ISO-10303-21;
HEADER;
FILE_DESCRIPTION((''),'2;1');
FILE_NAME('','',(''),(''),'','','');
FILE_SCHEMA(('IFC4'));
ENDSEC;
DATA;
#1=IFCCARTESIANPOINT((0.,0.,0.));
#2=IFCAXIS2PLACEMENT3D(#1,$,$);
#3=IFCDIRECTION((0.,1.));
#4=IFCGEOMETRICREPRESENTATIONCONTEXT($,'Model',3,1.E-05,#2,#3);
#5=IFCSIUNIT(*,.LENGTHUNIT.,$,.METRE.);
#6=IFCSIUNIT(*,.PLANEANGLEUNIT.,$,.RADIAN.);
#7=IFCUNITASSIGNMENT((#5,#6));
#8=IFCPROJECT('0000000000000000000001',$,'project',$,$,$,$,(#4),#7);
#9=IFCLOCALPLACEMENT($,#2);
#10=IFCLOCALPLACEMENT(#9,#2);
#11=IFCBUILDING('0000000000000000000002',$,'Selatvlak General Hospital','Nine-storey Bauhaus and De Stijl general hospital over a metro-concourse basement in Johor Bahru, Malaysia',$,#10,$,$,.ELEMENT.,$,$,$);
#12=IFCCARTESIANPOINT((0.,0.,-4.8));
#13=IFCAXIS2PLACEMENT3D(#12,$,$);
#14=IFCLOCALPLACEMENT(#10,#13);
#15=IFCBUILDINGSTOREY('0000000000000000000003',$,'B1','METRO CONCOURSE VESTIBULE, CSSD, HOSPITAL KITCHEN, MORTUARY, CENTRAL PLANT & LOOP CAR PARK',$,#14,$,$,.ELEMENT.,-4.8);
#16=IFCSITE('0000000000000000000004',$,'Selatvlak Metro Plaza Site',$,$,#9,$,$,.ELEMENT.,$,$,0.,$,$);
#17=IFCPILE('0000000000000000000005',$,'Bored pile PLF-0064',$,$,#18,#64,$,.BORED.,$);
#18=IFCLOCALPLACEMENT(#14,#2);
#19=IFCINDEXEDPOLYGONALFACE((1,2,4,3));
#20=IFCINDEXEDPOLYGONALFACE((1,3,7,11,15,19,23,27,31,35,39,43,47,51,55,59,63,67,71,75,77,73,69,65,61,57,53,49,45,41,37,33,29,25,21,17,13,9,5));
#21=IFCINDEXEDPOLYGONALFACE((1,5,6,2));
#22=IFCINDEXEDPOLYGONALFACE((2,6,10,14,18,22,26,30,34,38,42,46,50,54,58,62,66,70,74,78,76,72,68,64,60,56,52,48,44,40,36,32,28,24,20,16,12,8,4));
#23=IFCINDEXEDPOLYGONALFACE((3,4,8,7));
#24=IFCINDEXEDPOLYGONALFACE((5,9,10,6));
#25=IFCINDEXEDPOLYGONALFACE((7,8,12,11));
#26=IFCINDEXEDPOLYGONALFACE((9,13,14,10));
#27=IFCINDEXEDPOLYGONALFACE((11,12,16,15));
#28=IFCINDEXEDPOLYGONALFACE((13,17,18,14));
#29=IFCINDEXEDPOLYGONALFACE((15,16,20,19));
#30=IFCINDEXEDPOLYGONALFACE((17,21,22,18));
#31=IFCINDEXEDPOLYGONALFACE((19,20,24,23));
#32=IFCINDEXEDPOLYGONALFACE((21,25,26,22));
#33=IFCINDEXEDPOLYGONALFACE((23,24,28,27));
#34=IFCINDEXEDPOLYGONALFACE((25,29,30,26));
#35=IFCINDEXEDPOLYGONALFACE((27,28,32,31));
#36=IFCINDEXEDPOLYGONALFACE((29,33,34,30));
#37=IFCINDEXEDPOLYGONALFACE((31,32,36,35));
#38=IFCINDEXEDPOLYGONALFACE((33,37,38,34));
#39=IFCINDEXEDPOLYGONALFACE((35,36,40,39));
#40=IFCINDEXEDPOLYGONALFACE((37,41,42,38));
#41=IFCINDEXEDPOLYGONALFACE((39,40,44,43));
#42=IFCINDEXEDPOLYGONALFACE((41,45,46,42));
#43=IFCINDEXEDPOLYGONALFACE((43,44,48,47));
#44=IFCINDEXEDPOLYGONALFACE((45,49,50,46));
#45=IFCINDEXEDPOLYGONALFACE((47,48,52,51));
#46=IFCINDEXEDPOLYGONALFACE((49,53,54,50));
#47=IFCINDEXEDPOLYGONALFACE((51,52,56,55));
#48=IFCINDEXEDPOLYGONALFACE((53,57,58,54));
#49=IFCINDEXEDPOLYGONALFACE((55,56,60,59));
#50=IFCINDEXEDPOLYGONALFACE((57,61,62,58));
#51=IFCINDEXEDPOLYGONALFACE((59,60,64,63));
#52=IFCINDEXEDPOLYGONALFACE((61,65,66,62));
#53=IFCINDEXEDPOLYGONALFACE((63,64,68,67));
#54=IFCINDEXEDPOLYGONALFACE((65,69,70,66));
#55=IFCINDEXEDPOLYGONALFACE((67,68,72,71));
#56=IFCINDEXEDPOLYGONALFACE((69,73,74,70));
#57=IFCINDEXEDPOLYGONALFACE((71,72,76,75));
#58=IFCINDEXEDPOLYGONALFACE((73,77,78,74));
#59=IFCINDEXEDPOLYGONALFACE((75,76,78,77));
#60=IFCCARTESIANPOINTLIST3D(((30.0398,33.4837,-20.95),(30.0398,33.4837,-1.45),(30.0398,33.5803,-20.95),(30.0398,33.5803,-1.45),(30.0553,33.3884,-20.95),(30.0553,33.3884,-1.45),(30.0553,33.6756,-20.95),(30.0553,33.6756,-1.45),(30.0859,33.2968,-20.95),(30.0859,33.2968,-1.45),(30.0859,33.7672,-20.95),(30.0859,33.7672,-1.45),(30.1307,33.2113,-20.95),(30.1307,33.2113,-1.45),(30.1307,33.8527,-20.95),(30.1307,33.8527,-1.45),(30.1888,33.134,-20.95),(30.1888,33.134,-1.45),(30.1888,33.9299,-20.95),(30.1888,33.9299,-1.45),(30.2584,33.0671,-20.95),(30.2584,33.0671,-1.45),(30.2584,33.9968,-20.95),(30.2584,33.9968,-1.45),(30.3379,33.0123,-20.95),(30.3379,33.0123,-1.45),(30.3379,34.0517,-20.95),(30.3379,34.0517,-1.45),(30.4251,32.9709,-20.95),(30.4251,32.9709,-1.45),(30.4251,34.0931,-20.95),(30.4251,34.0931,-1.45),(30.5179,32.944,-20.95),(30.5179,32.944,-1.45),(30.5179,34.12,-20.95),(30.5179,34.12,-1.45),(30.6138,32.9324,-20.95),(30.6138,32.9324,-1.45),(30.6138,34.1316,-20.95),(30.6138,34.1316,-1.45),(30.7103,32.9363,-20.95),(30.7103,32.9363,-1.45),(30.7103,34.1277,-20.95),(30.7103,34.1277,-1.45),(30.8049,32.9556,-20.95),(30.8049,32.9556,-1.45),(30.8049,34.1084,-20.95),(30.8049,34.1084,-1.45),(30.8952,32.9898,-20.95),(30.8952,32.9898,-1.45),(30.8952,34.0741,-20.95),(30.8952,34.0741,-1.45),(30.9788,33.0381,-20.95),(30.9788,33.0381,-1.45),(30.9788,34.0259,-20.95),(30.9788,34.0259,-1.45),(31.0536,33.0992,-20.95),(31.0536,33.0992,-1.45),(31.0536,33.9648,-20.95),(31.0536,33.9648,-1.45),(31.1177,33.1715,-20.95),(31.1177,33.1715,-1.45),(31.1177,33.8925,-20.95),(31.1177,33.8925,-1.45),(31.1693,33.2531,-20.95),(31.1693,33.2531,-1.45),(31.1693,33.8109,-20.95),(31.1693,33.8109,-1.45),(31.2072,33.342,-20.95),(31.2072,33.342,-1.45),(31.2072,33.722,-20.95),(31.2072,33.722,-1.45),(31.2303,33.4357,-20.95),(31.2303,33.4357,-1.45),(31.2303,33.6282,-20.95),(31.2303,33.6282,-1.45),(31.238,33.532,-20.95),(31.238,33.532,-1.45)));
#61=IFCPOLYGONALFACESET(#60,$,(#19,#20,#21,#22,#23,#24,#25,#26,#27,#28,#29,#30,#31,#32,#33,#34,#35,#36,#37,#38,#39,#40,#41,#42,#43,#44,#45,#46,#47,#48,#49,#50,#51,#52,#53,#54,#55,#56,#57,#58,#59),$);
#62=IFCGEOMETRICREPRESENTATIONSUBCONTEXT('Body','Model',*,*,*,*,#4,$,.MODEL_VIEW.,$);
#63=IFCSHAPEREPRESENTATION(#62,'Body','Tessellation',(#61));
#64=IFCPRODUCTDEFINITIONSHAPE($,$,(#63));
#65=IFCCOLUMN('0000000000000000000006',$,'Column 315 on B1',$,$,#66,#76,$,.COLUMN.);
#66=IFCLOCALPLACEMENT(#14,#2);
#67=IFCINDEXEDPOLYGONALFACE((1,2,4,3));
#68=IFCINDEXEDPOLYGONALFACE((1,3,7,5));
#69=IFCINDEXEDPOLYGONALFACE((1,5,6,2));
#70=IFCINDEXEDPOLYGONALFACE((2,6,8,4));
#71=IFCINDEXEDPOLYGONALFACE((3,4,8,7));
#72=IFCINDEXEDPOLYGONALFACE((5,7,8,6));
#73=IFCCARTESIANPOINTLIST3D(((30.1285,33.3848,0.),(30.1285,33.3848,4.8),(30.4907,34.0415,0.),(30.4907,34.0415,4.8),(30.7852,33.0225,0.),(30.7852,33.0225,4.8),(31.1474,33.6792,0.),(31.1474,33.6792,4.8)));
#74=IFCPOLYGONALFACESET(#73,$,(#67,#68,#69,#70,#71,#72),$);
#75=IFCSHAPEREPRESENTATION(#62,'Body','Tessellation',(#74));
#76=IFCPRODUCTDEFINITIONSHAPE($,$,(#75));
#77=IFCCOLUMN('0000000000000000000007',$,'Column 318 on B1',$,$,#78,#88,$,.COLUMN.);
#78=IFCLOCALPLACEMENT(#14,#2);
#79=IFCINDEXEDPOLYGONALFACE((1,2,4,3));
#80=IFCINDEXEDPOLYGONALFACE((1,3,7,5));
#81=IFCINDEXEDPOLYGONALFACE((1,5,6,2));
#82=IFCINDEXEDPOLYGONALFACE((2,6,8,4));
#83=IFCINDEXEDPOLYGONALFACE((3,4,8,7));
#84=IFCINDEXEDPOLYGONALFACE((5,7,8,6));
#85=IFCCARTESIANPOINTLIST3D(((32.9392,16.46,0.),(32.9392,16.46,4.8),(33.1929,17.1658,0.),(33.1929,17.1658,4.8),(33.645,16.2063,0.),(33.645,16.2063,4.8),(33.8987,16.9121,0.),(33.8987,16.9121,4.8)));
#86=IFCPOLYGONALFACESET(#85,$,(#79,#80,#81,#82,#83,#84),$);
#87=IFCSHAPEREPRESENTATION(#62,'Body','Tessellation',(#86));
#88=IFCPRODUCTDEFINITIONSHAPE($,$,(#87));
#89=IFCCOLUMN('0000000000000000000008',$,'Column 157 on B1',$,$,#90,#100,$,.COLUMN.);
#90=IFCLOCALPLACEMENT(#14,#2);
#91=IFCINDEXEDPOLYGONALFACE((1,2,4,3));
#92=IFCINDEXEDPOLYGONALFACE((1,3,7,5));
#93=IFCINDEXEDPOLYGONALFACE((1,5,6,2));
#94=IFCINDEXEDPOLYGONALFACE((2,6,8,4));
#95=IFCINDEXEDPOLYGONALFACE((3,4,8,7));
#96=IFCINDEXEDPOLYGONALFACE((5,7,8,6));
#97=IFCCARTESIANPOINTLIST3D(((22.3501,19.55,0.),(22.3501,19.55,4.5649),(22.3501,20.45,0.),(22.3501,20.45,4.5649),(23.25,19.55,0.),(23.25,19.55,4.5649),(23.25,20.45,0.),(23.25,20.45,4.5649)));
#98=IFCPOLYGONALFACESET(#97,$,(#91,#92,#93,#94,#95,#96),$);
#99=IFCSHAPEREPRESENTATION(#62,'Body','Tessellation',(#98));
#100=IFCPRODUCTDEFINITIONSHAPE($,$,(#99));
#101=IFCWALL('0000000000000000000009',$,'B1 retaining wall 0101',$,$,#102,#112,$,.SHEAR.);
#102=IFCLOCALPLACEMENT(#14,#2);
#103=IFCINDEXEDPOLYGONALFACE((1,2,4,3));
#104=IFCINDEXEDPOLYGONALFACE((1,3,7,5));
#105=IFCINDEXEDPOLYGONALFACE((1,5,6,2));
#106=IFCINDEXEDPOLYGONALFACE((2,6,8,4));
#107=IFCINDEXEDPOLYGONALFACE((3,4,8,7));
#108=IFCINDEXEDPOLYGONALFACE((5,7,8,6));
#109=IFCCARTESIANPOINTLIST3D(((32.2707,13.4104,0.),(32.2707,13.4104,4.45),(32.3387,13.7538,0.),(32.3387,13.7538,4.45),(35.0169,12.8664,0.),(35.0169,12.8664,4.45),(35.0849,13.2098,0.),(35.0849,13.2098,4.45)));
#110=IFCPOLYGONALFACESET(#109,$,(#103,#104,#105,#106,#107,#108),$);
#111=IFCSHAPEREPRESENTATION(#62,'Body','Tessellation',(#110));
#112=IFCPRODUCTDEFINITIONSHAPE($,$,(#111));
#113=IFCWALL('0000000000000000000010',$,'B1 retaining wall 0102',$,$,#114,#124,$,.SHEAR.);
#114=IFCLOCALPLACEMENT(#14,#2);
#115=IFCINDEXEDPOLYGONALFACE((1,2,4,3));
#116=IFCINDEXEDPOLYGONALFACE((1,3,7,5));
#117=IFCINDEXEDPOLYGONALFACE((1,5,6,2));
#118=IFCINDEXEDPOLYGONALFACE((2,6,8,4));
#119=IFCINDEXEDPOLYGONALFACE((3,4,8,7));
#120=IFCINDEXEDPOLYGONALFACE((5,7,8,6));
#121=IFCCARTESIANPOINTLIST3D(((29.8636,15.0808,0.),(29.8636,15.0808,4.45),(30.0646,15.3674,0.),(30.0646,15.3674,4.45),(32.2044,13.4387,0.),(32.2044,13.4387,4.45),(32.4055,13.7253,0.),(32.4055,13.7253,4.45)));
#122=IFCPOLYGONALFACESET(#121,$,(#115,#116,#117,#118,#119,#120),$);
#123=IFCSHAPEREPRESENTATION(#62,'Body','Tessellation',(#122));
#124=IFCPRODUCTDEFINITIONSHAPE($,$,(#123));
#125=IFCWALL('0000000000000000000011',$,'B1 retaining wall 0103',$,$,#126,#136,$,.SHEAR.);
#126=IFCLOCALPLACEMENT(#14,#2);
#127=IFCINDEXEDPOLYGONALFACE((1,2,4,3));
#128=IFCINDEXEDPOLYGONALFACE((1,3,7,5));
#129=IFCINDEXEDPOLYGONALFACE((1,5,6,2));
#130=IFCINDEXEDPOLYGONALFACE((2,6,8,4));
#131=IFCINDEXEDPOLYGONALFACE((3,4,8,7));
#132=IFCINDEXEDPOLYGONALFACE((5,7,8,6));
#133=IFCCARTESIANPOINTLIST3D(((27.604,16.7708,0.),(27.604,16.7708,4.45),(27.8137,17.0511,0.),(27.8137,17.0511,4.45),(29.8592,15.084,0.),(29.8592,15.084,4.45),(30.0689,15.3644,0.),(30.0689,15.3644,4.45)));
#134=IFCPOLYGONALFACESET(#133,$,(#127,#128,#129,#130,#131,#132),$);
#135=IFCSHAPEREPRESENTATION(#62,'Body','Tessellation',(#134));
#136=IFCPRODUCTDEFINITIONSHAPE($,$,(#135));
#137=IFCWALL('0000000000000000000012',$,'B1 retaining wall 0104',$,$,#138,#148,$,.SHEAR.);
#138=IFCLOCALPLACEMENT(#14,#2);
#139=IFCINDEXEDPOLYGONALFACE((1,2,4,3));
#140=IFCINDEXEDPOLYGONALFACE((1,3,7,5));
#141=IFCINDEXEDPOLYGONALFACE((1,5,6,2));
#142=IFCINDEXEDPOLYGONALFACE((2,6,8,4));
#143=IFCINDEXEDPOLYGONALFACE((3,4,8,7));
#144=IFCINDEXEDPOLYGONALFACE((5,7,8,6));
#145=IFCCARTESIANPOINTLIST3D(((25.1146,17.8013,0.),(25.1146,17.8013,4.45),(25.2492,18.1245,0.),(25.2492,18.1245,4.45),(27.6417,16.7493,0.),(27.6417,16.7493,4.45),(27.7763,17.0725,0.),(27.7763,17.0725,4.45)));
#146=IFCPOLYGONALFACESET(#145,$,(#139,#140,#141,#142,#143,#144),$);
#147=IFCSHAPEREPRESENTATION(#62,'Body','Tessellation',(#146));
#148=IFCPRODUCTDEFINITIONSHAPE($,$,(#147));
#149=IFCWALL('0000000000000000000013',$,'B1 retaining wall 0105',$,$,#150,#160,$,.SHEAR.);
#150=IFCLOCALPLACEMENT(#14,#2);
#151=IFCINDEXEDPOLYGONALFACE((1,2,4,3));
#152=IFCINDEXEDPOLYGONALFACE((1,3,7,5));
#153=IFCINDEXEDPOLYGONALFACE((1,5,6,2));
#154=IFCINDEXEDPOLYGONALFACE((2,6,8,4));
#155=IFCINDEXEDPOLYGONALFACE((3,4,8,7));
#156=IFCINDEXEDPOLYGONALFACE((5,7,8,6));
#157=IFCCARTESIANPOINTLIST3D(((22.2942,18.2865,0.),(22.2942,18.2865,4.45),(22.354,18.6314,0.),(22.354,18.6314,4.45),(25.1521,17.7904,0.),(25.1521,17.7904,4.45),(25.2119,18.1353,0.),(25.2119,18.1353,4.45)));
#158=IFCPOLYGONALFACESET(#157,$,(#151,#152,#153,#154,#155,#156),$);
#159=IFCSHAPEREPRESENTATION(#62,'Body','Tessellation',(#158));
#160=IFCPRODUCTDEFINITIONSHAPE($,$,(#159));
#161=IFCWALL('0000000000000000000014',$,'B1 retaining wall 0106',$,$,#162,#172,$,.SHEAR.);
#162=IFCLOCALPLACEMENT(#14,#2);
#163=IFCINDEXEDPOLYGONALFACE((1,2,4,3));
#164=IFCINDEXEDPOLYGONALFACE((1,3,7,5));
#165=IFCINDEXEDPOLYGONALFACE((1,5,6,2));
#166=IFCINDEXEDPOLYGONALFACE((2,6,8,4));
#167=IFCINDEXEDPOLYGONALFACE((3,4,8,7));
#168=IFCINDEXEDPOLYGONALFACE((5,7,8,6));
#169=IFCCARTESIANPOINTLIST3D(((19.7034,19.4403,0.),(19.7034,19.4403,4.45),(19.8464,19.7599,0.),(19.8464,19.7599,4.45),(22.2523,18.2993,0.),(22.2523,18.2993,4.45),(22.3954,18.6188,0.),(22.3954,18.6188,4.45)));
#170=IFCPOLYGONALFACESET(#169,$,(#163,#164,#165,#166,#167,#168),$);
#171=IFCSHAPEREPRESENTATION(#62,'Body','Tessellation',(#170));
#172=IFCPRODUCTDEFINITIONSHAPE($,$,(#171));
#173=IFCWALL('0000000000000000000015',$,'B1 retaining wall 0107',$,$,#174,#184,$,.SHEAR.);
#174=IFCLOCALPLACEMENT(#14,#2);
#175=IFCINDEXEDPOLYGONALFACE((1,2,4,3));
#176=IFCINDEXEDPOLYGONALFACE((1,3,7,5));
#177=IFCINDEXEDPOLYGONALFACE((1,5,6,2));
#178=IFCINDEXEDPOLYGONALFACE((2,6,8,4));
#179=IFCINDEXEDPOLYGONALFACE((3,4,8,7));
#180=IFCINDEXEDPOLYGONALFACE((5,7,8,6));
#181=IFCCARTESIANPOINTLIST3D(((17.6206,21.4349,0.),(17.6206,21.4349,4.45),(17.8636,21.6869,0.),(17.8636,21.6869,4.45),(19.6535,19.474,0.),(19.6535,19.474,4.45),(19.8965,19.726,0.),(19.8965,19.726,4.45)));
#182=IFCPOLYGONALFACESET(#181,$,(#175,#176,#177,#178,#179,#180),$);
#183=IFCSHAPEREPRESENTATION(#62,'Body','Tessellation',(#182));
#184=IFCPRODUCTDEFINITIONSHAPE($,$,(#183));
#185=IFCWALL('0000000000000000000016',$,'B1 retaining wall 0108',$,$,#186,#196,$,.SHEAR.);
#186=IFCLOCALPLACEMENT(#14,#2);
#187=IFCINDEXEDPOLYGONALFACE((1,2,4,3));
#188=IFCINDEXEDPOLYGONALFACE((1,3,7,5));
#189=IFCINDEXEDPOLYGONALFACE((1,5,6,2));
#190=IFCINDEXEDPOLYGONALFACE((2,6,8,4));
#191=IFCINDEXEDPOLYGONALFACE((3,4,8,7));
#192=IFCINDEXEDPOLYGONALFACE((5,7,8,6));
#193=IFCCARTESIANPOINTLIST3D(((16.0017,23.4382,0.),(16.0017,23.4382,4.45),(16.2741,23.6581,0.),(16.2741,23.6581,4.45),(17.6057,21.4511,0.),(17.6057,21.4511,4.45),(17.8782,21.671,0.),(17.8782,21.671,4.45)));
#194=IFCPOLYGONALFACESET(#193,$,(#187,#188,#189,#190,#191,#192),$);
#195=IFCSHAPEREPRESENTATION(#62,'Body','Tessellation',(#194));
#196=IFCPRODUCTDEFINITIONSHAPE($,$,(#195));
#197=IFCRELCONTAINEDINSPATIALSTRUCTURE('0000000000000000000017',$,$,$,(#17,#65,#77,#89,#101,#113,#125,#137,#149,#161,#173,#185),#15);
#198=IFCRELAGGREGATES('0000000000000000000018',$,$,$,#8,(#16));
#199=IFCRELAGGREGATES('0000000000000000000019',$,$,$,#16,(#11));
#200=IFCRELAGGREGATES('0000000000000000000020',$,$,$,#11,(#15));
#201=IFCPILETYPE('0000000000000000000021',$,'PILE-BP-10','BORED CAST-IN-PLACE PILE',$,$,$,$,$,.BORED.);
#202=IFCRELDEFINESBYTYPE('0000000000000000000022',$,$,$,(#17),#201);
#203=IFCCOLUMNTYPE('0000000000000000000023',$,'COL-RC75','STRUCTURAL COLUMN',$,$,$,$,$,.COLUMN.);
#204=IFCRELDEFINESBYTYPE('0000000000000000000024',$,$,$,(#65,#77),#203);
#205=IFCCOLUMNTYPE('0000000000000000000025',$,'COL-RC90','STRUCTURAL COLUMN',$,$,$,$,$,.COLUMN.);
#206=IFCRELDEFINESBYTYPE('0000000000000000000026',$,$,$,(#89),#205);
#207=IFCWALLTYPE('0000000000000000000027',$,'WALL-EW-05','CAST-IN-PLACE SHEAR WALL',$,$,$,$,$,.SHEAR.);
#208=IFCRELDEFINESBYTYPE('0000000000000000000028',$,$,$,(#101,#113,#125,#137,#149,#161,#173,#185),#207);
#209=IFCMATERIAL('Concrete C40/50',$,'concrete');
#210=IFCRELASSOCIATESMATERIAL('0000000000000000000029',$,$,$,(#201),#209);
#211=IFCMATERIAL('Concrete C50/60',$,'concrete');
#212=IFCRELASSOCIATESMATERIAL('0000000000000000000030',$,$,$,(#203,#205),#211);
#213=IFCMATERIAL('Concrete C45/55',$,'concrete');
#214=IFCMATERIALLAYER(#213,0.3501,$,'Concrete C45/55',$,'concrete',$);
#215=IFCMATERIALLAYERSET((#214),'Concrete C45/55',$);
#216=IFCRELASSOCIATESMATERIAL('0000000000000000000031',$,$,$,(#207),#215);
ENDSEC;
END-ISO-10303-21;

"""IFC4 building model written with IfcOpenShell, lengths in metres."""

from ifc_helpers import new_model, si_unit, direction, frame, frame_2d, origin, origin_2d, place, context, subcontext, project, spatial, rectangle, circle, extrude, material, layer, layer_set, material_profile, profile_set, type_object, element, save


model = new_model("IFC4")

# Units and contexts
model_context = context("Model", 3, precision=1e-05, world=origin(), true_north=direction((0.0, 1.0)))
body_context = subcontext(model_context, "Body", "Model", "MODEL_VIEW")
ifc_project = project(units=[si_unit("LENGTHUNIT", "METRE"), si_unit("PLANEANGLEUNIT", "RADIAN")], contexts=[model_context])

# Site, building, storey
site_placement = place(None, origin())
site = spatial("IfcSite", under=ifc_project, at=site_placement, Name="Selatvlak Metro Plaza Site", CompositionType="ELEMENT", RefElevation=0.0)
building_placement = place(site_placement, origin())
building = spatial("IfcBuilding", under=site, at=building_placement, Name="Selatvlak General Hospital", Description="Nine-storey Bauhaus and De Stijl general hospital over a metro-concourse basement in Johor Bahru, Malaysia", CompositionType="ELEMENT")
storey_placement = place(building_placement, frame((0.0, 0.0, -4.8)))
storey = spatial("IfcBuildingStorey", under=building, at=storey_placement, Name="B1", Description="METRO CONCOURSE VESTIBULE, CSSD, HOSPITAL KITCHEN, MORTUARY, CENTRAL PLANT & LOOP CAR PARK", CompositionType="ELEMENT", Elevation=-4.8)

# Shared definitions
ifc_material_1 = material(Name="Concrete C40/50", Category="concrete")

# Pile
ifc_material_profile_1 = material_profile(ifc_material_1, circle(Radius=0.6001, at=origin_2d()), Name="BORED PILE 1200")
ifc_profile_set_1 = profile_set([ifc_material_profile_1], Name="Concrete C40/50")
pile_type_1 = type_object("IfcPileType", Name="PILE-BP-10", Description="BORED CAST-IN-PLACE PILE", PredefinedType="BORED", material=ifc_profile_set_1)
pile_1_placement = place(storey_placement, frame((30.6379, 33.532, -1.45), z_axis=(0.0, 0.0, -1.0), x_axis=(1.0, 0.0, 0.0)))
element("IfcPile", 1, at=pile_1_placement, inside=storey, type_object=pile_type_1, Name="Bored pile PLF-0064", PredefinedType="BORED", context=body_context, shape_type="SweptSolid", body=[
    extrude(circle(Radius=0.6001, at=origin_2d()), origin(), (0.0, 0.0, 1.0), 19.5),
])

# Columns
ifc_material_2 = material(Name="Concrete C50/60", Category="concrete")
ifc_material_profile_2 = material_profile(ifc_material_2, rectangle(XDim=0.75, YDim=0.75, at=origin_2d()), Name="RC-COL 750x750")
ifc_profile_set_2 = profile_set([ifc_material_profile_2], Name="Concrete C50/60")
column_type_1 = type_object("IfcColumnType", Name="COL-RC75", Description="STRUCTURAL COLUMN", PredefinedType="COLUMN", material=ifc_profile_set_2)
for number, where, z_axis, x_axis, name in (
    (2, (30.6379, 33.532, 0.0), (0.0, 0.0, 1.0), (0.483007, 0.875616, 0.0), "Column 315 on B1"),
    (3, (33.4189, 16.686, 0.0), (0.0, 0.0, 1.0), (0.338262, 0.941052, 0.0), "Column 318 on B1"),
):
    element("IfcColumn", number, at=place(storey_placement, frame(where, z_axis=z_axis, x_axis=x_axis)), inside=storey, type_object=column_type_1, Name=name, PredefinedType="COLUMN", context=body_context, shape_type="SweptSolid", body=[
        extrude(rectangle(XDim=0.75, YDim=0.75, at=origin_2d()), origin(), (0.0, 0.0, 1.0), 4.8),
    ])
ifc_material_profile_3 = material_profile(ifc_material_2, rectangle(XDim=0.8999, YDim=0.8999, at=origin_2d()), Name="RC-COL 900x900")
ifc_profile_set_3 = profile_set([ifc_material_profile_3], Name="Concrete C50/60")
column_type_2 = type_object("IfcColumnType", Name="COL-RC90", Description="STRUCTURAL COLUMN", PredefinedType="COLUMN", material=ifc_profile_set_3)
column_placement = place(storey_placement, frame((22.8, 20.0, 0.0), z_axis=(0.0, 0.0, 1.0), x_axis=(1.0, 0.0, 0.0)))
element("IfcColumn", 4, at=column_placement, inside=storey, type_object=column_type_2, Name="Column 157 on B1", PredefinedType="COLUMN", context=body_context, shape_type="SweptSolid", body=[
    extrude(rectangle(XDim=0.8999, YDim=0.8999, at=origin_2d()), origin(), (0.0, 0.0, 1.0), 4.5649),
])

# Walls
ifc_material_3 = material(Name="Concrete C45/55", Category="concrete")
ifc_layer_1 = layer(ifc_material_3, 0.3501, Name="Concrete C45/55", Category="concrete")
ifc_layer_set_1 = layer_set([ifc_layer_1], Name="Concrete C45/55")
wall_type_1 = type_object("IfcWallType", Name="WALL-EW-05", Description="CAST-IN-PLACE SHEAR WALL", PredefinedType="SHEAR", material=ifc_layer_set_1)
wall_1_placement = place(storey_placement, frame((35.051, 13.0381, 0.0), z_axis=(0.0, 0.0, 1.0), x_axis=(-0.980941, 0.194305, 0.0)))
element("IfcWall", 5, at=wall_1_placement, inside=storey, type_object=wall_type_1, Name="B1 retaining wall 0101", PredefinedType="SHEAR", context=body_context, shape_type="SweptSolid", body=[
    extrude(rectangle(XDim=2.7996, YDim=0.3501, at=frame_2d((1.3999, 0.0))), origin(), (0.0, 0.0, 1.0), 4.45),
])
wall_2_placement = place(storey_placement, frame((32.3049, 13.582, 0.0), z_axis=(0.0, 0.0, 1.0), x_axis=(-0.818654, 0.574287, 0.0)))
element("IfcWall", 6, at=wall_2_placement, inside=storey, type_object=wall_type_1, Name="B1 retaining wall 0102", PredefinedType="SHEAR", context=body_context, shape_type="SweptSolid", body=[
    extrude(rectangle(XDim=2.8594, YDim=0.3501, at=frame_2d((1.4297, 0.0))), origin(), (0.0, 0.0, 1.0), 4.45),
])
wall_3_placement = place(storey_placement, frame((29.9641, 15.2241, 0.0), z_axis=(0.0, 0.0, 1.0), x_axis=(-0.80078, 0.598959, 0.0)))
element("IfcWall", 7, at=wall_3_placement, inside=storey, type_object=wall_type_1, Name="B1 retaining wall 0103", PredefinedType="SHEAR", context=body_context, shape_type="SweptSolid", body=[
    extrude(rectangle(XDim=2.8162, YDim=0.3501, at=frame_2d((1.4082, 0.0))), origin(), (0.0, 0.0, 1.0), 4.45),
])
wall_4_placement = place(storey_placement, frame((27.709, 16.9109, 0.0), z_axis=(0.0, 0.0, 1.0), x_axis=(-0.923201, 0.384318, 0.0)))
element("IfcWall", 8, at=wall_4_placement, inside=storey, type_object=wall_type_1, Name="B1 retaining wall 0104", PredefinedType="SHEAR", context=body_context, shape_type="SweptSolid", body=[
    extrude(rectangle(XDim=2.7373, YDim=0.3501, at=frame_2d((1.3687, 0.0))), origin(), (0.0, 0.0, 1.0), 4.45),
])
wall_5_placement = place(storey_placement, frame((25.1819, 17.9629, 0.0), z_axis=(0.0, 0.0, 1.0), x_axis=(-0.985266, 0.171029, 0.0)))
element("IfcWall", 9, at=wall_5_placement, inside=storey, type_object=wall_type_1, Name="B1 retaining wall 0105", PredefinedType="SHEAR", context=body_context, shape_type="SweptSolid", body=[
    extrude(rectangle(XDim=2.9006, YDim=0.3501, at=frame_2d((1.4502, 0.0))), origin(), (0.0, 0.0, 1.0), 4.45),
])
wall_6_placement = place(storey_placement, frame((22.324, 18.459, 0.0), z_axis=(0.0, 0.0, 1.0), x_axis=(-0.91272, 0.408586, 0.0)))
element("IfcWall", 10, at=wall_6_placement, inside=storey, type_object=wall_type_1, Name="B1 retaining wall 0106", PredefinedType="SHEAR", context=body_context, shape_type="SweptSolid", body=[
    extrude(rectangle(XDim=2.7927, YDim=0.3501, at=frame_2d((1.3965, 0.0))), origin(), (0.0, 0.0, 1.0), 4.45),
])
wall_7_placement = place(storey_placement, frame((19.7749, 19.6001, 0.0), z_axis=(0.0, 0.0, 1.0), x_axis=(-0.719741, 0.694243, 0.0)))
element("IfcWall", 11, at=wall_7_placement, inside=storey, type_object=wall_type_1, Name="B1 retaining wall 0107", PredefinedType="SHEAR", context=body_context, shape_type="SweptSolid", body=[
    extrude(rectangle(XDim=2.8245, YDim=0.3501, at=frame_2d((1.4121, 0.0))), origin(), (0.0, 0.0, 1.0), 4.45),
])
wall_8_placement = place(storey_placement, frame((17.7419, 21.561, 0.0), z_axis=(0.0, 0.0, 1.0), x_axis=(-0.628117, 0.778119, 0.0)))
element("IfcWall", 12, at=wall_8_placement, inside=storey, type_object=wall_type_1, Name="B1 retaining wall 0108", PredefinedType="SHEAR", context=body_context, shape_type="SweptSolid", body=[
    extrude(rectangle(XDim=2.5537, YDim=0.3501, at=frame_2d((1.2769, 0.0))), origin(), (0.0, 0.0, 1.0), 4.45),
])

save(model, "model.ifc")
